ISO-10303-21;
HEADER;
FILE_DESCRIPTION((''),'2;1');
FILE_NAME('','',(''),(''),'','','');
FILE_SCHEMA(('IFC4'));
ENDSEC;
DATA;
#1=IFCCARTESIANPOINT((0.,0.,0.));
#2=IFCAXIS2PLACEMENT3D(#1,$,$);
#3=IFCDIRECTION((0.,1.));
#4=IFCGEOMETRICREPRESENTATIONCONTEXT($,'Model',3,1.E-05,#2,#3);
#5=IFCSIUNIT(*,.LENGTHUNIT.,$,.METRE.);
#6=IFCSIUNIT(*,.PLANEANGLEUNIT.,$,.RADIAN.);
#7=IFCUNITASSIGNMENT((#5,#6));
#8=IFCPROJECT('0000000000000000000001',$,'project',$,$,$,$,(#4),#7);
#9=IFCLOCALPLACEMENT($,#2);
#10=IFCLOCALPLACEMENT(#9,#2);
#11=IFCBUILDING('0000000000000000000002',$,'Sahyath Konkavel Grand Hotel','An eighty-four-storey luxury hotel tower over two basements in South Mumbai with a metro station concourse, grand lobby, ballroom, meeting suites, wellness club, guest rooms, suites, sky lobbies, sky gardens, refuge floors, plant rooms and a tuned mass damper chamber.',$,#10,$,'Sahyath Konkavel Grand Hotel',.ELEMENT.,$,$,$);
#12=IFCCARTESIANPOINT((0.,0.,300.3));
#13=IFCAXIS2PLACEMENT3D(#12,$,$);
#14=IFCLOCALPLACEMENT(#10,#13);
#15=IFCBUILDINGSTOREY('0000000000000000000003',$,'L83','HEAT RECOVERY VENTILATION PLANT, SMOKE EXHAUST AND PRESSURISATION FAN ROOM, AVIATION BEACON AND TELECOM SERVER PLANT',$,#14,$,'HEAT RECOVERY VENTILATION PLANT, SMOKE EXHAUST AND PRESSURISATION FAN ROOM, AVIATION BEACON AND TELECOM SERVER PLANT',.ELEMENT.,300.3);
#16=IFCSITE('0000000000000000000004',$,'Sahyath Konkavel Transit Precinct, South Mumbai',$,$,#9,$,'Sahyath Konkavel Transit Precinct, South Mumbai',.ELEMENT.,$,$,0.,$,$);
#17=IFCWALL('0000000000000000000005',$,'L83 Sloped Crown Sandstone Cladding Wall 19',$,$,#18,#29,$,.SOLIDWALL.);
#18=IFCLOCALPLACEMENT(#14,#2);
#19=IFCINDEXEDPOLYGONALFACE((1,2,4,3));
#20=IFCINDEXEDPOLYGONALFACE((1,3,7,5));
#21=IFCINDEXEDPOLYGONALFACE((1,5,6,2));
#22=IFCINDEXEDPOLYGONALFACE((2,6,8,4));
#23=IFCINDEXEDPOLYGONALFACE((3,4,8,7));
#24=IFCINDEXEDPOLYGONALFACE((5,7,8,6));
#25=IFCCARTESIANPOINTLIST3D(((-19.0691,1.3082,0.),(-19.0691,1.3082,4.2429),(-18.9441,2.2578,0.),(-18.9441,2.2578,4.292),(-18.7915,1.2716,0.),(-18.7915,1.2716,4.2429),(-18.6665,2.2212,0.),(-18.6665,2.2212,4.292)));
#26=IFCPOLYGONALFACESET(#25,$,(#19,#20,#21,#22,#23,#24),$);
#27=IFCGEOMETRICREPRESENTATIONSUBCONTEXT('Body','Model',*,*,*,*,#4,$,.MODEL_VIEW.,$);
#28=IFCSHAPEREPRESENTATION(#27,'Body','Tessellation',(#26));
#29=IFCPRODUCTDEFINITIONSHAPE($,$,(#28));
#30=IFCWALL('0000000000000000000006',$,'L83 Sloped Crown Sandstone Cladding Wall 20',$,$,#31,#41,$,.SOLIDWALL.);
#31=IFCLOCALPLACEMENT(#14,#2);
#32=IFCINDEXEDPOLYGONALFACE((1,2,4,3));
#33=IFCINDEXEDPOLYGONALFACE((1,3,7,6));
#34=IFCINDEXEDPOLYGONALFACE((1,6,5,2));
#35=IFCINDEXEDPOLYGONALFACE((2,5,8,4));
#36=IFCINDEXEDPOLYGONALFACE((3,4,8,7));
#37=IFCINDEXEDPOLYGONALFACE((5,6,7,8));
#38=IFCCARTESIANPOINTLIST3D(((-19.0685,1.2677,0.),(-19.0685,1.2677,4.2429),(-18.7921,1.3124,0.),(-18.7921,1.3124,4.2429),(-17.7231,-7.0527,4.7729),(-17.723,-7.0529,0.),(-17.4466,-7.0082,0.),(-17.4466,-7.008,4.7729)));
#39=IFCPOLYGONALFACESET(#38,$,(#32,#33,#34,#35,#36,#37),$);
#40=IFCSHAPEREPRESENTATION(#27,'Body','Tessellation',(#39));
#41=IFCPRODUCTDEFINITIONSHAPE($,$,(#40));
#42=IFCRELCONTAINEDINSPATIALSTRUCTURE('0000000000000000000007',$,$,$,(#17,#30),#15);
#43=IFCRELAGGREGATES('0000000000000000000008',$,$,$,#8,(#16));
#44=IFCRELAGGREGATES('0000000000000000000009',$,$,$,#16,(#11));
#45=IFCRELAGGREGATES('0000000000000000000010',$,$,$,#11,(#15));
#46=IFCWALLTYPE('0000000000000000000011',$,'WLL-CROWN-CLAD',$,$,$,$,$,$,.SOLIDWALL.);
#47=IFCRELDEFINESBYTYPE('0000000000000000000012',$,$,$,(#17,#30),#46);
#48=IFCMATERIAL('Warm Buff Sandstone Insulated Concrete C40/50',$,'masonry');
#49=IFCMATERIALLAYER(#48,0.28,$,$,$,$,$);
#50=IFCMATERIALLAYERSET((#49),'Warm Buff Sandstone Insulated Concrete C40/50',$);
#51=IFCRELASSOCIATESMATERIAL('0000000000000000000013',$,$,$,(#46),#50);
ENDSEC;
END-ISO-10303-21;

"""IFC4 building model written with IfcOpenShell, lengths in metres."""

from ifc_helpers import new_model, si_unit, direction, frame, origin, place, context, subcontext, project, spatial, polyline, outline, extrude, material, layer, layer_set, type_object, element, save


model = new_model("IFC4")

# Units and contexts
model_context = context("Model", 3, precision=1e-05, world=origin(), true_north=direction((0.0, 1.0)))
body_context = subcontext(model_context, "Body", "Model", "MODEL_VIEW")
ifc_project = project(units=[si_unit("LENGTHUNIT", "METRE"), si_unit("PLANEANGLEUNIT", "RADIAN")], contexts=[model_context])

# Site, building, storey
site_placement = place(None, origin())
site = spatial("IfcSite", under=ifc_project, at=site_placement, Name="Sahyath Konkavel Transit Precinct, South Mumbai", LongName="Sahyath Konkavel Transit Precinct, South Mumbai", CompositionType="ELEMENT", RefElevation=0.0)
building_placement = place(site_placement, origin())
building = spatial("IfcBuilding", under=site, at=building_placement, Name="Sahyath Konkavel Grand Hotel", Description="An eighty-four-storey luxury hotel tower over two basements in South Mumbai with a metro station concourse, grand lobby, ballroom, meeting suites, wellness club, guest rooms, suites, sky lobbies, sky gardens, refuge floors, plant rooms and a tuned mass damper chamber.", LongName="Sahyath Konkavel Grand Hotel", CompositionType="ELEMENT")
storey_placement = place(building_placement, frame((0.0, 0.0, 300.3)))
storey = spatial("IfcBuildingStorey", under=building, at=storey_placement, Name="L83", Description="HEAT RECOVERY VENTILATION PLANT, SMOKE EXHAUST AND PRESSURISATION FAN ROOM, AVIATION BEACON AND TELECOM SERVER PLANT", LongName="HEAT RECOVERY VENTILATION PLANT, SMOKE EXHAUST AND PRESSURISATION FAN ROOM, AVIATION BEACON AND TELECOM SERVER PLANT", CompositionType="ELEMENT", Elevation=300.3)

# Walls
ifc_material_1 = material(Name="Warm Buff Sandstone Insulated Concrete C40/50", Category="masonry")
ifc_layer_1 = layer(ifc_material_1, 0.28)
ifc_layer_set_1 = layer_set([ifc_layer_1], Name="Warm Buff Sandstone Insulated Concrete C40/50")
wall_type_1 = type_object("IfcWallType", Name="WLL-CROWN-CLAD", PredefinedType="SOLIDWALL", material=ifc_layer_set_1)
wall_1_placement = place(storey_placement, frame((-18.8054, 2.2395, 0.0), z_axis=(0.0, 0.0, 1.0), x_axis=(-0.130527, -0.991445, 0.0)))
element("IfcWall", 1, at=wall_1_placement, inside=storey, type_object=wall_type_1, Name="L83 Sloped Crown Sandstone Cladding Wall 19", PredefinedType="SOLIDWALL", context=body_context, shape_type="SweptSolid", body=[
    extrude(outline(polyline([(0.0, 0.0), (0.9578, 0.0), (0.9578, 4.2429), (0.0, 4.292), (0.0, 0.0)])), frame((0.0, 0.1401, 0.0), z_axis=(0.0, -1.0, 0.0), x_axis=(1.0, 0.0, 0.0)), (0.0, 0.0, 1.0), 0.28),
])
wall_2_placement = place(storey_placement, frame((-18.9304, 1.29, 0.0), z_axis=(0.0, 0.0, 1.0), x_axis=(0.159629, -0.987177, 0.0)))
element("IfcWall", 2, at=wall_2_placement, inside=storey, type_object=wall_type_1, Name="L83 Sloped Crown Sandstone Cladding Wall 20", PredefinedType="SOLIDWALL", context=body_context, shape_type="SweptSolid", body=[
    extrude(outline(polyline([(0.0, 0.0), (8.4287, 0.0), (8.4285, 4.7729), (0.0, 4.2429), (0.0, 0.0)])), frame((0.0, 0.1401, 0.0), z_axis=(0.0, -1.0, 0.0), x_axis=(1.0, 0.0, 0.0)), (0.0, 0.0, 1.0), 0.28),
])

save(model, "model.ifc")
